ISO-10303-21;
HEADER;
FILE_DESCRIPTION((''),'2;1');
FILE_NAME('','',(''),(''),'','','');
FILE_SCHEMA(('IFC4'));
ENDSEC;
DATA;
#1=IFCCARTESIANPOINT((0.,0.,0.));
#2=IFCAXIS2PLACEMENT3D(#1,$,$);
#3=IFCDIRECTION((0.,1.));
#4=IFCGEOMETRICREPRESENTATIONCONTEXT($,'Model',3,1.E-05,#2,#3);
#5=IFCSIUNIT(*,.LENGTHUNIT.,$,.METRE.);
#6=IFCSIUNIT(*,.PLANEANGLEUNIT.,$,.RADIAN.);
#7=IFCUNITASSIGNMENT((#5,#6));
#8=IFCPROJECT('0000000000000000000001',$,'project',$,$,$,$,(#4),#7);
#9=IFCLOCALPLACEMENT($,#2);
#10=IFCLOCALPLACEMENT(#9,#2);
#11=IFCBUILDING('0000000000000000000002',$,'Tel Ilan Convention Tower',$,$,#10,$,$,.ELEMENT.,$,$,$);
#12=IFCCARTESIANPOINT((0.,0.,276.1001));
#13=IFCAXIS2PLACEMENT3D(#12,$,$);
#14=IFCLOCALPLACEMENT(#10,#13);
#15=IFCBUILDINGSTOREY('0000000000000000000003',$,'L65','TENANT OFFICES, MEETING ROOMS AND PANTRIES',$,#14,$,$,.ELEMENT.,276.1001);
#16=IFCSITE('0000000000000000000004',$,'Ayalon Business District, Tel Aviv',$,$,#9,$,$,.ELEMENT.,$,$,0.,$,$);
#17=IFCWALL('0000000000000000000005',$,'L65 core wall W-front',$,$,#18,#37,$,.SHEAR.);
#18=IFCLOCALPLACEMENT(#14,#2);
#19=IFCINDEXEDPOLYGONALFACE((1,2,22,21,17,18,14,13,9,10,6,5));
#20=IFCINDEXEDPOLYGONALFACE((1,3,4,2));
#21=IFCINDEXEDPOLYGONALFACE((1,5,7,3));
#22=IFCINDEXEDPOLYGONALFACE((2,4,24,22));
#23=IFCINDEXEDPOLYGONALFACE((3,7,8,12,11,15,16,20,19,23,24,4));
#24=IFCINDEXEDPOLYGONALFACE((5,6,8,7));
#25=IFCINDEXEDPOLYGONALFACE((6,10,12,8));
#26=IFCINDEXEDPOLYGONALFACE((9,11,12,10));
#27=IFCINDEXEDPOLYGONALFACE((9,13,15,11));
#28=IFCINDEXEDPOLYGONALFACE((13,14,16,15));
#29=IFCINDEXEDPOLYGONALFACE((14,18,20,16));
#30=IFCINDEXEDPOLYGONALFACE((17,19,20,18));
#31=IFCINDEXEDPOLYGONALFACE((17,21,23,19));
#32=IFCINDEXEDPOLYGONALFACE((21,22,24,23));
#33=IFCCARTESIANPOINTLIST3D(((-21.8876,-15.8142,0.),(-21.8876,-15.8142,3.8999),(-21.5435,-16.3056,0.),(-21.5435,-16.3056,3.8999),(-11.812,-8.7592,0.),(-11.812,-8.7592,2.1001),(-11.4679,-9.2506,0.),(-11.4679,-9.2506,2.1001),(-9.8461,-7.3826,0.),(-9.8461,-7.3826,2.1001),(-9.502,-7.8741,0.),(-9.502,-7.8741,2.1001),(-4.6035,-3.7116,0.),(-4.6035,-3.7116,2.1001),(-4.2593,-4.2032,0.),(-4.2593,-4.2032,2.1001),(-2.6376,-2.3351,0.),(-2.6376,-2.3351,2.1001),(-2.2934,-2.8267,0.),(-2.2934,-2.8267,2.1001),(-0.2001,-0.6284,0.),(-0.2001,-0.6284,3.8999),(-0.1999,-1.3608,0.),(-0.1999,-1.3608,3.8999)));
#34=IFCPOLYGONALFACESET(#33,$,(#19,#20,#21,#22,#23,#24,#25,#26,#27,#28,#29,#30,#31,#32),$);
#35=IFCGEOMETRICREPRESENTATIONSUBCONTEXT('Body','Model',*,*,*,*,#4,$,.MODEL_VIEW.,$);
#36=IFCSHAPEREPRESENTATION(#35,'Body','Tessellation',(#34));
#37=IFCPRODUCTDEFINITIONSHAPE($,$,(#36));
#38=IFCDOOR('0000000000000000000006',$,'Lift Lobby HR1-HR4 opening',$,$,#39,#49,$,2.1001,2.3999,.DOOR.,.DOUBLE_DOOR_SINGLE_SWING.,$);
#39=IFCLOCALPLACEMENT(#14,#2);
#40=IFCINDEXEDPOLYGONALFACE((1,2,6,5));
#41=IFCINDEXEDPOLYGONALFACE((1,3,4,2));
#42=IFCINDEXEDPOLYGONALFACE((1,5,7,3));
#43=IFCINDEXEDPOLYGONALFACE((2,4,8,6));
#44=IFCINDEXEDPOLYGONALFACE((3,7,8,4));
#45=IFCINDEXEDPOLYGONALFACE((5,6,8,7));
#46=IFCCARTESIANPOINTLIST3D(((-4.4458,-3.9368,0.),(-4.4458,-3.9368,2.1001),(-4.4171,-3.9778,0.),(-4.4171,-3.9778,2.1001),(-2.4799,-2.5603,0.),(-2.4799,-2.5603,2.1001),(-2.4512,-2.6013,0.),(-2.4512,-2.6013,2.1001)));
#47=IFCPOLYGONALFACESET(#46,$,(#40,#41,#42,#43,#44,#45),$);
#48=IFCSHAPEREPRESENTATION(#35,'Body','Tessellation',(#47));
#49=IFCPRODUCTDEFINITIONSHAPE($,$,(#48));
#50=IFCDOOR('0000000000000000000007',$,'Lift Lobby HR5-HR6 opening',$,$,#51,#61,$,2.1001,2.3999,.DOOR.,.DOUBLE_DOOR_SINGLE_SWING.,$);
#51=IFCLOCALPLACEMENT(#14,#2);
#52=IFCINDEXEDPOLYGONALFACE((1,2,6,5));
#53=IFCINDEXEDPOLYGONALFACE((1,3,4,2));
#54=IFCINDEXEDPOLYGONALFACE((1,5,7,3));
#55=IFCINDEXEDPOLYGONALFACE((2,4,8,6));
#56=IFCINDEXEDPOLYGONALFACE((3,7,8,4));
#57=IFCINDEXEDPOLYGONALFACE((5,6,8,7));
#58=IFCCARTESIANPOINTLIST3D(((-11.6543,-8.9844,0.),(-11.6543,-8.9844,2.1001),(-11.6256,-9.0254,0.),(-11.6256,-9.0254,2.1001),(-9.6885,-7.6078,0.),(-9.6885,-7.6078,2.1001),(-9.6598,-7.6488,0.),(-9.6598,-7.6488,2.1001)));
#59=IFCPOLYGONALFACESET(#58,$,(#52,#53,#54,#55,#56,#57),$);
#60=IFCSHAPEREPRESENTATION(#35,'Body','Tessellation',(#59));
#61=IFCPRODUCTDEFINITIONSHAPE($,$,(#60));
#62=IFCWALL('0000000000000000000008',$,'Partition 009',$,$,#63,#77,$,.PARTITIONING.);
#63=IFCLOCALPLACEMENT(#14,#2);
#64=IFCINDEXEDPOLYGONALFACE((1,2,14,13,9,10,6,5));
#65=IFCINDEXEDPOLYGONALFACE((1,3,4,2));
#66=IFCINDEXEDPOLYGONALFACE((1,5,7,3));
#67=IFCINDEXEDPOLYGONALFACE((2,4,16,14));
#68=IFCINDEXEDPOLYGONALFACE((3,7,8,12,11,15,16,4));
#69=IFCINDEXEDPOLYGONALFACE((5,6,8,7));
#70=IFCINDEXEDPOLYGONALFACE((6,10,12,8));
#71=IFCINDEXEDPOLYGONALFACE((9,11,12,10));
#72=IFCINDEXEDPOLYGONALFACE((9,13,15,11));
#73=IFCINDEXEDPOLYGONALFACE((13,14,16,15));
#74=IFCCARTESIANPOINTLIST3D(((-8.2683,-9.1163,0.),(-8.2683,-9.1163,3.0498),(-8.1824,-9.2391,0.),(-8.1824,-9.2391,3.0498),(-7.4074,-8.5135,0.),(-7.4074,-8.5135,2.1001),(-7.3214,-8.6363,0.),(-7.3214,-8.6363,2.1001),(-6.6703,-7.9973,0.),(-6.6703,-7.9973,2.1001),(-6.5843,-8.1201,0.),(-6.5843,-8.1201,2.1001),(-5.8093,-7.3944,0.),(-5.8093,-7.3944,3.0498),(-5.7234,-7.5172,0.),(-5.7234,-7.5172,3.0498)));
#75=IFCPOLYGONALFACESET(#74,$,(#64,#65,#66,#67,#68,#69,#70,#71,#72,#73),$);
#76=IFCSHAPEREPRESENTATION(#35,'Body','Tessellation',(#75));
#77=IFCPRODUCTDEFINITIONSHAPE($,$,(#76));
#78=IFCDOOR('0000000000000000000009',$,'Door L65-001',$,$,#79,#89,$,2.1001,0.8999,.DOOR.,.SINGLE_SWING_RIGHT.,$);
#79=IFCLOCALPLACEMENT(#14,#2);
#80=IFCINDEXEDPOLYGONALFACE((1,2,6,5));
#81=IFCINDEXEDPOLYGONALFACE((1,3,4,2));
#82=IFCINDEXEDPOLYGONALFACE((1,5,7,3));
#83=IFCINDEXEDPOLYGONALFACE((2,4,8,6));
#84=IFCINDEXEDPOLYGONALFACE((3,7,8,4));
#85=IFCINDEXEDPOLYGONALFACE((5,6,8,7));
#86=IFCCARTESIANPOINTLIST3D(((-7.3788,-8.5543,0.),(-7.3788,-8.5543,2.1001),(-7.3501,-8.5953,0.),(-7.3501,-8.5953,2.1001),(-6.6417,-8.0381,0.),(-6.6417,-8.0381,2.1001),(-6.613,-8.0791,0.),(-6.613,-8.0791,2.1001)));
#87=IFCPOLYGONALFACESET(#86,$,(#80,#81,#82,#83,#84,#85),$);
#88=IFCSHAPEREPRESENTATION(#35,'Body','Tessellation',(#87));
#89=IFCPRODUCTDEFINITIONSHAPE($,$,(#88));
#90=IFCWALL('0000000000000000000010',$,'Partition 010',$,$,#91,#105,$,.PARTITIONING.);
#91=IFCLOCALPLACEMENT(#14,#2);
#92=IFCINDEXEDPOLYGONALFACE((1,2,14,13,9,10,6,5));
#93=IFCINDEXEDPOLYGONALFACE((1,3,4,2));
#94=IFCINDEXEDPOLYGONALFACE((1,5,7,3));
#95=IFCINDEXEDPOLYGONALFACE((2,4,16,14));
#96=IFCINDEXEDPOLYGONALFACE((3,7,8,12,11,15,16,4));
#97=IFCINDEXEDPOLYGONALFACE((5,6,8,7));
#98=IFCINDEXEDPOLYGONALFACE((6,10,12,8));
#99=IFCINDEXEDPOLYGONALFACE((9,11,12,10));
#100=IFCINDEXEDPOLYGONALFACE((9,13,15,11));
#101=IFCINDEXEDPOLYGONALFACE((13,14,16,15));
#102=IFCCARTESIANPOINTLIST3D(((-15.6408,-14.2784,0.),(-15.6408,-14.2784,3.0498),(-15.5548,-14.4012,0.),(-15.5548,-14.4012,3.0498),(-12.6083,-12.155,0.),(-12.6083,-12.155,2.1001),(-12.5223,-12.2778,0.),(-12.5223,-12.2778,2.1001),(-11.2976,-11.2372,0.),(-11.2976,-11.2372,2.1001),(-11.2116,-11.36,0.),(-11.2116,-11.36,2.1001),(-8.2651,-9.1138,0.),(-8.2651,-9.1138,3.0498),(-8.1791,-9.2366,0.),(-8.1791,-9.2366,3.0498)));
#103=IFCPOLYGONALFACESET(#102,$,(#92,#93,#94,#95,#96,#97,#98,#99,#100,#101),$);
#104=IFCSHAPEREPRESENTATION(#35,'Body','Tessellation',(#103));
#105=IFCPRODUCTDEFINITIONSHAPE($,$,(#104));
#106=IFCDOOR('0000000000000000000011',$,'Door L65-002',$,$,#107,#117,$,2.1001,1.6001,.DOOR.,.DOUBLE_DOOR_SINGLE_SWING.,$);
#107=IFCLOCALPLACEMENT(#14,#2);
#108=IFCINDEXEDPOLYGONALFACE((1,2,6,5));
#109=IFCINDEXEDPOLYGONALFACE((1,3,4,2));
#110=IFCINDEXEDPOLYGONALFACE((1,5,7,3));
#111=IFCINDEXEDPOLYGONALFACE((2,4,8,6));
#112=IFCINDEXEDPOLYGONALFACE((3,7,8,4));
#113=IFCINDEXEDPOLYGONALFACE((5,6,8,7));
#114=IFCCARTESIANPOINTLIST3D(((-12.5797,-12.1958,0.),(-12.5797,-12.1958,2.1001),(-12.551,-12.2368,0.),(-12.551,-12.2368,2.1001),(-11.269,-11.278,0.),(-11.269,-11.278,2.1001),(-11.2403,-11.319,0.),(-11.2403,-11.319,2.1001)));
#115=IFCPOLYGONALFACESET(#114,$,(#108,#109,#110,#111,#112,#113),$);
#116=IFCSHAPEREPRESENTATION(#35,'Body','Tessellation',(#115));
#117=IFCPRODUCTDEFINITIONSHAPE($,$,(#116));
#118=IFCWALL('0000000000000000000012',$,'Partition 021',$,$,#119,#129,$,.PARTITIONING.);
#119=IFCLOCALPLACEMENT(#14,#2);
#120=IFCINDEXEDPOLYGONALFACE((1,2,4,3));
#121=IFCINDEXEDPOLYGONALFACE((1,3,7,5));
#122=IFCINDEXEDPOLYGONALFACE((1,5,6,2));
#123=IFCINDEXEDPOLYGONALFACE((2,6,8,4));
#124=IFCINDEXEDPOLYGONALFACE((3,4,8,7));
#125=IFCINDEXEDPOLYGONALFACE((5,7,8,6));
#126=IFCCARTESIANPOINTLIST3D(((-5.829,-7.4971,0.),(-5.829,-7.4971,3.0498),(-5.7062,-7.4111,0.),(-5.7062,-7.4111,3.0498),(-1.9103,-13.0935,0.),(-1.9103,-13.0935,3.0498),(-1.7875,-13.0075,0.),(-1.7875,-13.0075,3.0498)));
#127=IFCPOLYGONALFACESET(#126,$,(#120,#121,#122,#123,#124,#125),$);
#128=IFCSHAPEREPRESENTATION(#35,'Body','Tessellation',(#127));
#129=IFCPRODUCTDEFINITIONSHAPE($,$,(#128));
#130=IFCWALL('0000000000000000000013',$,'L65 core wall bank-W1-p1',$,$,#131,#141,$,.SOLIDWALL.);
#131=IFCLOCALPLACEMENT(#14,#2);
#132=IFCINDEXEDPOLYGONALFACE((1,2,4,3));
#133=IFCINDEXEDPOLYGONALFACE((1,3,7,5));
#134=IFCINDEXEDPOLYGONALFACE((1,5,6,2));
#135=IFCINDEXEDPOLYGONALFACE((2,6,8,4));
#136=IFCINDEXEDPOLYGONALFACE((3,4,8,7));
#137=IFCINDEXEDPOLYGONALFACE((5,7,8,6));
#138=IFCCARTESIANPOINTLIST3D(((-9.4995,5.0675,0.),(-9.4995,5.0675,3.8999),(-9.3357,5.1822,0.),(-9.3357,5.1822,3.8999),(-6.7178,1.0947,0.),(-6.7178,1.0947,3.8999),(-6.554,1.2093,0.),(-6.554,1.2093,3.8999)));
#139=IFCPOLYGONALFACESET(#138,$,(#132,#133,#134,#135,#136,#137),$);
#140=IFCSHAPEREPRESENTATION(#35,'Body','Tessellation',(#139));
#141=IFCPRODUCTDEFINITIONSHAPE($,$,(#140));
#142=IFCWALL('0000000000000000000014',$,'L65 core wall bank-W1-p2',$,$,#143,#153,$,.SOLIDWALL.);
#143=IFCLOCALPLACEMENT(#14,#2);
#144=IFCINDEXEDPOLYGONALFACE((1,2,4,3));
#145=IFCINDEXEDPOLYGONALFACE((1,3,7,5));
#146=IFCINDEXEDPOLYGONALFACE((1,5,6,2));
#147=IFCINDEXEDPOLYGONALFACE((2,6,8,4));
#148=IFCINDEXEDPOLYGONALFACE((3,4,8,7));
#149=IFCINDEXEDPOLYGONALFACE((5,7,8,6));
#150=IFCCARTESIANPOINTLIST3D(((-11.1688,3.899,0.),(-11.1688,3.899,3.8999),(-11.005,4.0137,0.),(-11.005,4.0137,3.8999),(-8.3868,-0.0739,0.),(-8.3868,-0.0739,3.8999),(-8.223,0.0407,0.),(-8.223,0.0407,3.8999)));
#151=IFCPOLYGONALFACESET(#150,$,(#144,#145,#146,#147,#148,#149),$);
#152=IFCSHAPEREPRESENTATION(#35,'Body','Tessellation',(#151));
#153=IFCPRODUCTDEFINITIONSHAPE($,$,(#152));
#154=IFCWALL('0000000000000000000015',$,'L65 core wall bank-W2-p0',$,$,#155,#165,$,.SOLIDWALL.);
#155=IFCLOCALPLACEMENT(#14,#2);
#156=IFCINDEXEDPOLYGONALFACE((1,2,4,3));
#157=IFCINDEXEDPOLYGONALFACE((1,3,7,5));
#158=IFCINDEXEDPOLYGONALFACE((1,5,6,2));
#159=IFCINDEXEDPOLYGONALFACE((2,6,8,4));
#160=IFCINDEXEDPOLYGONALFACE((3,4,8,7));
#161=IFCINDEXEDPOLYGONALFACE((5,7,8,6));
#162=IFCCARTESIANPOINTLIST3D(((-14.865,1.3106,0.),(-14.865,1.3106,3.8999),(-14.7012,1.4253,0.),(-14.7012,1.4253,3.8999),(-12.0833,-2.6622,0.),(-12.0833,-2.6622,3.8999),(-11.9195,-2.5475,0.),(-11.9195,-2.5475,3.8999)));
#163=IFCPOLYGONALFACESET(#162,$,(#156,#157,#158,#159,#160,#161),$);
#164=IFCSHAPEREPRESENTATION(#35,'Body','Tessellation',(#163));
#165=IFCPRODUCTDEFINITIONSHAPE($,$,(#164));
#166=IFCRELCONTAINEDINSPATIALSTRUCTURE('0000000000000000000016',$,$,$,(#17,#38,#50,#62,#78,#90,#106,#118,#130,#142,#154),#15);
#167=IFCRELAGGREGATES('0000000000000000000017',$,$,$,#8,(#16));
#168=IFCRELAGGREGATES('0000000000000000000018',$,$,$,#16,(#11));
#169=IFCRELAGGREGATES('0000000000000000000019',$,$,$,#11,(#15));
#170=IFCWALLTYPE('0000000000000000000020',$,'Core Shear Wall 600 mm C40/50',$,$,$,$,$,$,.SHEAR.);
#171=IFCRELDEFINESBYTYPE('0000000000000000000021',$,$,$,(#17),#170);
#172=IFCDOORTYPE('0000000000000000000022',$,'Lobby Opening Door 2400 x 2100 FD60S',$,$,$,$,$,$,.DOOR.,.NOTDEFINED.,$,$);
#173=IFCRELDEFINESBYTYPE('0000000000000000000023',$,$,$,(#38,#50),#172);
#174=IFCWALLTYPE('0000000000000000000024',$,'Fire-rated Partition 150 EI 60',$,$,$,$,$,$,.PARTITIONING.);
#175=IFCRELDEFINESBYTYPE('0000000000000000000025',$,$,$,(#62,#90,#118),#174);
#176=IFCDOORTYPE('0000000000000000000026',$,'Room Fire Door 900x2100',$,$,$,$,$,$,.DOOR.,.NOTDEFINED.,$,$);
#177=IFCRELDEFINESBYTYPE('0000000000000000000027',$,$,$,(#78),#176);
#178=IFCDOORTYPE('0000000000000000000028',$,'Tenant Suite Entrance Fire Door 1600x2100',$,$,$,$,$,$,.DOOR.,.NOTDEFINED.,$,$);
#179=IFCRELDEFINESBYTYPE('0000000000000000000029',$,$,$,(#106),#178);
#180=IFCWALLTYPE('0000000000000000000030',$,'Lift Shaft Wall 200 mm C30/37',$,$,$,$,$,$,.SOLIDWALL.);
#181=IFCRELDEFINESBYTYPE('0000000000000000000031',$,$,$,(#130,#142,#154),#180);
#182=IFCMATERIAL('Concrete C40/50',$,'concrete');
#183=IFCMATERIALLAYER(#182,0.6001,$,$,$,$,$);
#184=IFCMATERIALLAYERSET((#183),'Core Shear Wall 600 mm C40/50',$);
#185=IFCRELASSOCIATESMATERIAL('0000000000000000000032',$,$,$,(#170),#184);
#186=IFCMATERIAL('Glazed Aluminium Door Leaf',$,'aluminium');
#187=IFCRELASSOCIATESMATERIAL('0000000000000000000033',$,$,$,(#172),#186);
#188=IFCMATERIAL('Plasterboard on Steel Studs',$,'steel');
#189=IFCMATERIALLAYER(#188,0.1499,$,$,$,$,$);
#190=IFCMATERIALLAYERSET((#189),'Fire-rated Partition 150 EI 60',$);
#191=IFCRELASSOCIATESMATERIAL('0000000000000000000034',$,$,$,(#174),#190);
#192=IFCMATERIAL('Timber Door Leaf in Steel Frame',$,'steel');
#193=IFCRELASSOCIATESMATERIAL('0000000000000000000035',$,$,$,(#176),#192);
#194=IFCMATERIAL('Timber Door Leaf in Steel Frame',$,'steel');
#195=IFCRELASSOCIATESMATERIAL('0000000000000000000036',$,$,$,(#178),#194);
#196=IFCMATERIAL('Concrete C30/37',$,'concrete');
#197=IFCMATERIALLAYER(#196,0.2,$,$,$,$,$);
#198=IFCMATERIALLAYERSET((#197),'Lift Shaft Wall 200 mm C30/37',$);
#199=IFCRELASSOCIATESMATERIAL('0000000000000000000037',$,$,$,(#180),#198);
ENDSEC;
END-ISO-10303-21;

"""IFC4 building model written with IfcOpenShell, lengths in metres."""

from ifc_helpers import new_model, si_unit, direction, frame, frame_2d, origin, place, context, subcontext, project, spatial, polyline, rectangle, outline, extrude, material, layer, layer_set, type_object, element, fill, save


model = new_model("IFC4")

# Units and contexts
model_context = context("Model", 3, precision=1e-05, world=origin(), true_north=direction((0.0, 1.0)))
body_context = subcontext(model_context, "Body", "Model", "MODEL_VIEW")
ifc_project = project(units=[si_unit("LENGTHUNIT", "METRE"), si_unit("PLANEANGLEUNIT", "RADIAN")], contexts=[model_context])

# Site, building, storey
site_placement = place(None, origin())
site = spatial("IfcSite", under=ifc_project, at=site_placement, Name="Ayalon Business District, Tel Aviv", CompositionType="ELEMENT", RefElevation=0.0)
building_placement = place(site_placement, origin())
building = spatial("IfcBuilding", under=site, at=building_placement, Name="Tel Ilan Convention Tower", CompositionType="ELEMENT")
storey_placement = place(building_placement, frame((0.0, 0.0, 276.1001)))
storey = spatial("IfcBuildingStorey", under=building, at=storey_placement, Name="L65", Description="TENANT OFFICES, MEETING ROOMS AND PANTRIES", CompositionType="ELEMENT", Elevation=276.1001)

# Wall, openings, doors
ifc_material_1 = material(Name="Concrete C40/50", Category="concrete")
ifc_layer_1 = layer(ifc_material_1, 0.6001)
ifc_layer_set_1 = layer_set([ifc_layer_1], Name="Core Shear Wall 600 mm C40/50")
wall_type_1 = type_object("IfcWallType", Name="Core Shear Wall 600 mm C40/50", PredefinedType="SHEAR", material=ifc_layer_set_1)
wall_1_placement = place(storey_placement, frame((-0.0278, -0.874, 0.0), z_axis=(0.0, 0.0, 1.0), x_axis=(-0.81915, -0.573579, 0.0)))
wall_1 = element("IfcWall", 1, at=wall_1_placement, inside=storey, type_object=wall_type_1, Name="L65 core wall W-front", PredefinedType="SHEAR", context=body_context, shape_type="SweptSolid", body=[
    extrude(outline(polyline([(26.4758, 0.2998), (0.4202, 0.3), (0.0002, -0.3), (26.4758, -0.3), (26.4758, 0.2998)])), origin(), (0.0, 0.0, 1.0), 3.8999),
])
opening_1_placement = place(wall_1_placement, frame((2.9758, 0.0, 0.0)))
opening_1 = element("IfcOpeningElement", 2, at=opening_1_placement, cuts=wall_1, PredefinedType="OPENING", context=body_context, shape_type="SweptSolid", body=[
    extrude(rectangle(XDim=2.3999, YDim=2.1001, at=frame_2d((1.2, 1.05))), frame((0.0, 0.3101, 0.0), z_axis=(0.0, -1.0, 0.0), x_axis=(1.0, 0.0, 0.0)), (0.0, 0.0, 1.0), 0.6201),
])
opening_2_placement = place(wall_1_placement, frame((11.7759, 0.0, 0.0)))
opening_2 = element("IfcOpeningElement", 3, at=opening_2_placement, cuts=wall_1, PredefinedType="OPENING", context=body_context, shape_type="SweptSolid", body=[
    extrude(rectangle(XDim=2.3999, YDim=2.1001, at=frame_2d((1.2, 1.05))), frame((0.0, 0.3101, 0.0), z_axis=(0.0, -1.0, 0.0), x_axis=(1.0, 0.0, 0.0)), (0.0, 0.0, 1.0), 0.6201),
])
ifc_material_2 = material(Name="Glazed Aluminium Door Leaf", Category="aluminium")
door_type_1 = type_object("IfcDoorType", Name="Lobby Opening Door 2400 x 2100 FD60S", OperationType="NOTDEFINED", PredefinedType="DOOR", material=ifc_material_2)
door_1_placement = place(opening_1_placement, origin())
door_1 = element("IfcDoor", 4, at=door_1_placement, inside=storey, type_object=door_type_1, Name="Lift Lobby HR1-HR4 opening", OperationType="DOUBLE_DOOR_SINGLE_SWING", OverallHeight=2.1001, OverallWidth=2.3999, PredefinedType="DOOR", context=body_context, shape_type="SweptSolid", body=[
    extrude(rectangle(XDim=2.3999, YDim=2.1001, at=frame_2d((1.2, 1.05))), frame((0.0, 0.0249, 0.0), z_axis=(0.0, -1.0, 0.0), x_axis=(1.0, 0.0, 0.0)), (0.0, 0.0, 1.0), 0.05),
])
fill(opening_1, door_1)
door_2_placement = place(opening_2_placement, origin())
door_2 = element("IfcDoor", 5, at=door_2_placement, inside=storey, type_object=door_type_1, Name="Lift Lobby HR5-HR6 opening", OperationType="DOUBLE_DOOR_SINGLE_SWING", OverallHeight=2.1001, OverallWidth=2.3999, PredefinedType="DOOR", context=body_context, shape_type="SweptSolid", body=[
    extrude(rectangle(XDim=2.3999, YDim=2.1001, at=frame_2d((1.2, 1.05))), frame((0.0, 0.0249, 0.0), z_axis=(0.0, -1.0, 0.0), x_axis=(1.0, 0.0, 0.0)), (0.0, 0.0, 1.0), 0.05),
])
fill(opening_2, door_2)

# Walls, openings, doors
ifc_material_3 = material(Name="Plasterboard on Steel Studs", Category="steel")
ifc_layer_2 = layer(ifc_material_3, 0.1499)
ifc_layer_set_2 = layer_set([ifc_layer_2], Name="Fire-rated Partition 150 EI 60")
wall_type_2 = type_object("IfcWallType", Name="Fire-rated Partition 150 EI 60", PredefinedType="PARTITIONING", material=ifc_layer_set_2)
wall_2_placement = place(storey_placement, frame((-5.7664, -7.4558, 0.0), z_axis=(0.0, 0.0, 1.0), x_axis=(-0.819133, -0.573604, 0.0)))
wall_2 = element("IfcWall", 6, at=wall_2_placement, inside=storey, type_object=wall_type_2, Name="Partition 009", PredefinedType="PARTITIONING", context=body_context, shape_type="SweptSolid", body=[
    extrude(rectangle(XDim=3.002, YDim=0.1499, at=frame_2d((1.501, 0.0))), origin(), (0.0, 0.0, 1.0), 3.0498),
])
opening_3_placement = place(wall_2_placement, frame((1.051, 0.0, 0.0)))
opening_3 = element("IfcOpeningElement", 7, at=opening_3_placement, cuts=wall_2, PredefinedType="OPENING", context=body_context, shape_type="SweptSolid", body=[
    extrude(rectangle(XDim=0.8999, YDim=2.1001, at=frame_2d((0.45, 1.05))), frame((0.0, 0.085, 0.0), z_axis=(0.0, -1.0, 0.0), x_axis=(1.0, 0.0, 0.0)), (0.0, 0.0, 1.0), 0.1699),
])
ifc_material_4 = material(Name="Timber Door Leaf in Steel Frame", Category="steel")
door_type_2 = type_object("IfcDoorType", Name="Room Fire Door 900x2100", OperationType="NOTDEFINED", PredefinedType="DOOR", material=ifc_material_4)
door_3_placement = place(opening_3_placement, origin())
door_3 = element("IfcDoor", 8, at=door_3_placement, inside=storey, type_object=door_type_2, Name="Door L65-001", OperationType="SINGLE_SWING_RIGHT", OverallHeight=2.1001, OverallWidth=0.8999, PredefinedType="DOOR", context=body_context, shape_type="SweptSolid", body=[
    extrude(rectangle(XDim=0.8999, YDim=2.1001, at=frame_2d((0.45, 1.05))), frame((0.0, 0.0249, 0.0), z_axis=(0.0, -1.0, 0.0), x_axis=(1.0, 0.0, 0.0)), (0.0, 0.0, 1.0), 0.05),
])
fill(opening_3, door_3)
wall_3_placement = place(storey_placement, frame((-8.2222, -9.1753, 0.0), z_axis=(0.0, 0.0, 1.0), x_axis=(-0.819152, -0.573577, 0.0)))
wall_3 = element("IfcWall", 9, at=wall_3_placement, inside=storey, type_object=wall_type_2, Name="Partition 010", PredefinedType="PARTITIONING", context=body_context, shape_type="SweptSolid", body=[
    extrude(rectangle(XDim=9.0042, YDim=0.1499, at=frame_2d((4.502, 0.0))), origin(), (0.0, 0.0, 1.0), 3.0498),
])
opening_4_placement = place(wall_3_placement, frame((3.7019, 0.0, 0.0)))
opening_4 = element("IfcOpeningElement", 10, at=opening_4_placement, cuts=wall_3, PredefinedType="OPENING", context=body_context, shape_type="SweptSolid", body=[
    extrude(rectangle(XDim=1.6001, YDim=2.1001, at=frame_2d((0.8, 1.05))), frame((0.0, 0.085, 0.0), z_axis=(0.0, -1.0, 0.0), x_axis=(1.0, 0.0, 0.0)), (0.0, 0.0, 1.0), 0.1699),
])
ifc_material_5 = material(Name="Timber Door Leaf in Steel Frame", Category="steel")
door_type_3 = type_object("IfcDoorType", Name="Tenant Suite Entrance Fire Door 1600x2100", OperationType="NOTDEFINED", PredefinedType="DOOR", material=ifc_material_5)
door_4_placement = place(opening_4_placement, origin())
door_4 = element("IfcDoor", 11, at=door_4_placement, inside=storey, type_object=door_type_3, Name="Door L65-002", OperationType="DOUBLE_DOOR_SINGLE_SWING", OverallHeight=2.1001, OverallWidth=1.6001, PredefinedType="DOOR", context=body_context, shape_type="SweptSolid", body=[
    extrude(rectangle(XDim=1.6001, YDim=2.1001, at=frame_2d((0.8, 1.05))), frame((0.0, 0.0249, 0.0), z_axis=(0.0, -1.0, 0.0), x_axis=(1.0, 0.0, 0.0)), (0.0, 0.0, 1.0), 0.05),
])
fill(opening_4, door_4)

# Walls
wall_4_placement = place(storey_placement, frame((-1.8489, -13.0505, 0.0), z_axis=(0.0, 0.0, 1.0), x_axis=(-0.57358, 0.81915, 0.0)))
element("IfcWall", 12, at=wall_4_placement, inside=storey, type_object=wall_type_2, Name="Partition 021", PredefinedType="PARTITIONING", context=body_context, shape_type="SweptSolid", body=[
    extrude(rectangle(XDim=6.832, YDim=0.1499, at=frame_2d((3.416, 0.0))), origin(), (0.0, 0.0, 1.0), 3.0498),
])
ifc_material_6 = material(Name="Concrete C30/37", Category="concrete")
ifc_layer_3 = layer(ifc_material_6, 0.2)
ifc_layer_set_3 = layer_set([ifc_layer_3], Name="Lift Shaft Wall 200 mm C30/37")
wall_type_3 = type_object("IfcWallType", Name="Lift Shaft Wall 200 mm C30/37", PredefinedType="SOLIDWALL", material=ifc_layer_set_3)
wall_5_placement = place(storey_placement, frame((-6.636, 1.1521, 0.0), z_axis=(0.0, 0.0, 1.0), x_axis=(-0.57356, 0.819163, 0.0)))
element("IfcWall", 13, at=wall_5_placement, inside=storey, type_object=wall_type_3, Name="L65 core wall bank-W1-p1", PredefinedType="SOLIDWALL", context=body_context, shape_type="SweptSolid", body=[
    extrude(rectangle(XDim=4.8499, YDim=0.2, at=frame_2d((2.4248, 0.0))), origin(), (0.0, 0.0, 1.0), 3.8999),
])
wall_6_placement = place(storey_placement, frame((-8.3049, -0.0166, 0.0), z_axis=(0.0, 0.0, 1.0), x_axis=(-0.573594, 0.81914, 0.0)))
element("IfcWall", 14, at=wall_6_placement, inside=storey, type_object=wall_type_3, Name="L65 core wall bank-W1-p2", PredefinedType="SOLIDWALL", context=body_context, shape_type="SweptSolid", body=[
    extrude(rectangle(XDim=4.8501, YDim=0.2, at=frame_2d((2.425, 0.0))), origin(), (0.0, 0.0, 1.0), 3.8999),
])
wall_7_placement = place(storey_placement, frame((-12.0015, -2.6047, 0.0), z_axis=(0.0, 0.0, 1.0), x_axis=(-0.57356, 0.819163, 0.0)))
element("IfcWall", 15, at=wall_7_placement, inside=storey, type_object=wall_type_3, Name="L65 core wall bank-W2-p0", PredefinedType="SOLIDWALL", context=body_context, shape_type="SweptSolid", body=[
    extrude(rectangle(XDim=4.8499, YDim=0.2, at=frame_2d((2.4248, 0.0))), origin(), (0.0, 0.0, 1.0), 3.8999),
])

save(model, "model.ifc")
